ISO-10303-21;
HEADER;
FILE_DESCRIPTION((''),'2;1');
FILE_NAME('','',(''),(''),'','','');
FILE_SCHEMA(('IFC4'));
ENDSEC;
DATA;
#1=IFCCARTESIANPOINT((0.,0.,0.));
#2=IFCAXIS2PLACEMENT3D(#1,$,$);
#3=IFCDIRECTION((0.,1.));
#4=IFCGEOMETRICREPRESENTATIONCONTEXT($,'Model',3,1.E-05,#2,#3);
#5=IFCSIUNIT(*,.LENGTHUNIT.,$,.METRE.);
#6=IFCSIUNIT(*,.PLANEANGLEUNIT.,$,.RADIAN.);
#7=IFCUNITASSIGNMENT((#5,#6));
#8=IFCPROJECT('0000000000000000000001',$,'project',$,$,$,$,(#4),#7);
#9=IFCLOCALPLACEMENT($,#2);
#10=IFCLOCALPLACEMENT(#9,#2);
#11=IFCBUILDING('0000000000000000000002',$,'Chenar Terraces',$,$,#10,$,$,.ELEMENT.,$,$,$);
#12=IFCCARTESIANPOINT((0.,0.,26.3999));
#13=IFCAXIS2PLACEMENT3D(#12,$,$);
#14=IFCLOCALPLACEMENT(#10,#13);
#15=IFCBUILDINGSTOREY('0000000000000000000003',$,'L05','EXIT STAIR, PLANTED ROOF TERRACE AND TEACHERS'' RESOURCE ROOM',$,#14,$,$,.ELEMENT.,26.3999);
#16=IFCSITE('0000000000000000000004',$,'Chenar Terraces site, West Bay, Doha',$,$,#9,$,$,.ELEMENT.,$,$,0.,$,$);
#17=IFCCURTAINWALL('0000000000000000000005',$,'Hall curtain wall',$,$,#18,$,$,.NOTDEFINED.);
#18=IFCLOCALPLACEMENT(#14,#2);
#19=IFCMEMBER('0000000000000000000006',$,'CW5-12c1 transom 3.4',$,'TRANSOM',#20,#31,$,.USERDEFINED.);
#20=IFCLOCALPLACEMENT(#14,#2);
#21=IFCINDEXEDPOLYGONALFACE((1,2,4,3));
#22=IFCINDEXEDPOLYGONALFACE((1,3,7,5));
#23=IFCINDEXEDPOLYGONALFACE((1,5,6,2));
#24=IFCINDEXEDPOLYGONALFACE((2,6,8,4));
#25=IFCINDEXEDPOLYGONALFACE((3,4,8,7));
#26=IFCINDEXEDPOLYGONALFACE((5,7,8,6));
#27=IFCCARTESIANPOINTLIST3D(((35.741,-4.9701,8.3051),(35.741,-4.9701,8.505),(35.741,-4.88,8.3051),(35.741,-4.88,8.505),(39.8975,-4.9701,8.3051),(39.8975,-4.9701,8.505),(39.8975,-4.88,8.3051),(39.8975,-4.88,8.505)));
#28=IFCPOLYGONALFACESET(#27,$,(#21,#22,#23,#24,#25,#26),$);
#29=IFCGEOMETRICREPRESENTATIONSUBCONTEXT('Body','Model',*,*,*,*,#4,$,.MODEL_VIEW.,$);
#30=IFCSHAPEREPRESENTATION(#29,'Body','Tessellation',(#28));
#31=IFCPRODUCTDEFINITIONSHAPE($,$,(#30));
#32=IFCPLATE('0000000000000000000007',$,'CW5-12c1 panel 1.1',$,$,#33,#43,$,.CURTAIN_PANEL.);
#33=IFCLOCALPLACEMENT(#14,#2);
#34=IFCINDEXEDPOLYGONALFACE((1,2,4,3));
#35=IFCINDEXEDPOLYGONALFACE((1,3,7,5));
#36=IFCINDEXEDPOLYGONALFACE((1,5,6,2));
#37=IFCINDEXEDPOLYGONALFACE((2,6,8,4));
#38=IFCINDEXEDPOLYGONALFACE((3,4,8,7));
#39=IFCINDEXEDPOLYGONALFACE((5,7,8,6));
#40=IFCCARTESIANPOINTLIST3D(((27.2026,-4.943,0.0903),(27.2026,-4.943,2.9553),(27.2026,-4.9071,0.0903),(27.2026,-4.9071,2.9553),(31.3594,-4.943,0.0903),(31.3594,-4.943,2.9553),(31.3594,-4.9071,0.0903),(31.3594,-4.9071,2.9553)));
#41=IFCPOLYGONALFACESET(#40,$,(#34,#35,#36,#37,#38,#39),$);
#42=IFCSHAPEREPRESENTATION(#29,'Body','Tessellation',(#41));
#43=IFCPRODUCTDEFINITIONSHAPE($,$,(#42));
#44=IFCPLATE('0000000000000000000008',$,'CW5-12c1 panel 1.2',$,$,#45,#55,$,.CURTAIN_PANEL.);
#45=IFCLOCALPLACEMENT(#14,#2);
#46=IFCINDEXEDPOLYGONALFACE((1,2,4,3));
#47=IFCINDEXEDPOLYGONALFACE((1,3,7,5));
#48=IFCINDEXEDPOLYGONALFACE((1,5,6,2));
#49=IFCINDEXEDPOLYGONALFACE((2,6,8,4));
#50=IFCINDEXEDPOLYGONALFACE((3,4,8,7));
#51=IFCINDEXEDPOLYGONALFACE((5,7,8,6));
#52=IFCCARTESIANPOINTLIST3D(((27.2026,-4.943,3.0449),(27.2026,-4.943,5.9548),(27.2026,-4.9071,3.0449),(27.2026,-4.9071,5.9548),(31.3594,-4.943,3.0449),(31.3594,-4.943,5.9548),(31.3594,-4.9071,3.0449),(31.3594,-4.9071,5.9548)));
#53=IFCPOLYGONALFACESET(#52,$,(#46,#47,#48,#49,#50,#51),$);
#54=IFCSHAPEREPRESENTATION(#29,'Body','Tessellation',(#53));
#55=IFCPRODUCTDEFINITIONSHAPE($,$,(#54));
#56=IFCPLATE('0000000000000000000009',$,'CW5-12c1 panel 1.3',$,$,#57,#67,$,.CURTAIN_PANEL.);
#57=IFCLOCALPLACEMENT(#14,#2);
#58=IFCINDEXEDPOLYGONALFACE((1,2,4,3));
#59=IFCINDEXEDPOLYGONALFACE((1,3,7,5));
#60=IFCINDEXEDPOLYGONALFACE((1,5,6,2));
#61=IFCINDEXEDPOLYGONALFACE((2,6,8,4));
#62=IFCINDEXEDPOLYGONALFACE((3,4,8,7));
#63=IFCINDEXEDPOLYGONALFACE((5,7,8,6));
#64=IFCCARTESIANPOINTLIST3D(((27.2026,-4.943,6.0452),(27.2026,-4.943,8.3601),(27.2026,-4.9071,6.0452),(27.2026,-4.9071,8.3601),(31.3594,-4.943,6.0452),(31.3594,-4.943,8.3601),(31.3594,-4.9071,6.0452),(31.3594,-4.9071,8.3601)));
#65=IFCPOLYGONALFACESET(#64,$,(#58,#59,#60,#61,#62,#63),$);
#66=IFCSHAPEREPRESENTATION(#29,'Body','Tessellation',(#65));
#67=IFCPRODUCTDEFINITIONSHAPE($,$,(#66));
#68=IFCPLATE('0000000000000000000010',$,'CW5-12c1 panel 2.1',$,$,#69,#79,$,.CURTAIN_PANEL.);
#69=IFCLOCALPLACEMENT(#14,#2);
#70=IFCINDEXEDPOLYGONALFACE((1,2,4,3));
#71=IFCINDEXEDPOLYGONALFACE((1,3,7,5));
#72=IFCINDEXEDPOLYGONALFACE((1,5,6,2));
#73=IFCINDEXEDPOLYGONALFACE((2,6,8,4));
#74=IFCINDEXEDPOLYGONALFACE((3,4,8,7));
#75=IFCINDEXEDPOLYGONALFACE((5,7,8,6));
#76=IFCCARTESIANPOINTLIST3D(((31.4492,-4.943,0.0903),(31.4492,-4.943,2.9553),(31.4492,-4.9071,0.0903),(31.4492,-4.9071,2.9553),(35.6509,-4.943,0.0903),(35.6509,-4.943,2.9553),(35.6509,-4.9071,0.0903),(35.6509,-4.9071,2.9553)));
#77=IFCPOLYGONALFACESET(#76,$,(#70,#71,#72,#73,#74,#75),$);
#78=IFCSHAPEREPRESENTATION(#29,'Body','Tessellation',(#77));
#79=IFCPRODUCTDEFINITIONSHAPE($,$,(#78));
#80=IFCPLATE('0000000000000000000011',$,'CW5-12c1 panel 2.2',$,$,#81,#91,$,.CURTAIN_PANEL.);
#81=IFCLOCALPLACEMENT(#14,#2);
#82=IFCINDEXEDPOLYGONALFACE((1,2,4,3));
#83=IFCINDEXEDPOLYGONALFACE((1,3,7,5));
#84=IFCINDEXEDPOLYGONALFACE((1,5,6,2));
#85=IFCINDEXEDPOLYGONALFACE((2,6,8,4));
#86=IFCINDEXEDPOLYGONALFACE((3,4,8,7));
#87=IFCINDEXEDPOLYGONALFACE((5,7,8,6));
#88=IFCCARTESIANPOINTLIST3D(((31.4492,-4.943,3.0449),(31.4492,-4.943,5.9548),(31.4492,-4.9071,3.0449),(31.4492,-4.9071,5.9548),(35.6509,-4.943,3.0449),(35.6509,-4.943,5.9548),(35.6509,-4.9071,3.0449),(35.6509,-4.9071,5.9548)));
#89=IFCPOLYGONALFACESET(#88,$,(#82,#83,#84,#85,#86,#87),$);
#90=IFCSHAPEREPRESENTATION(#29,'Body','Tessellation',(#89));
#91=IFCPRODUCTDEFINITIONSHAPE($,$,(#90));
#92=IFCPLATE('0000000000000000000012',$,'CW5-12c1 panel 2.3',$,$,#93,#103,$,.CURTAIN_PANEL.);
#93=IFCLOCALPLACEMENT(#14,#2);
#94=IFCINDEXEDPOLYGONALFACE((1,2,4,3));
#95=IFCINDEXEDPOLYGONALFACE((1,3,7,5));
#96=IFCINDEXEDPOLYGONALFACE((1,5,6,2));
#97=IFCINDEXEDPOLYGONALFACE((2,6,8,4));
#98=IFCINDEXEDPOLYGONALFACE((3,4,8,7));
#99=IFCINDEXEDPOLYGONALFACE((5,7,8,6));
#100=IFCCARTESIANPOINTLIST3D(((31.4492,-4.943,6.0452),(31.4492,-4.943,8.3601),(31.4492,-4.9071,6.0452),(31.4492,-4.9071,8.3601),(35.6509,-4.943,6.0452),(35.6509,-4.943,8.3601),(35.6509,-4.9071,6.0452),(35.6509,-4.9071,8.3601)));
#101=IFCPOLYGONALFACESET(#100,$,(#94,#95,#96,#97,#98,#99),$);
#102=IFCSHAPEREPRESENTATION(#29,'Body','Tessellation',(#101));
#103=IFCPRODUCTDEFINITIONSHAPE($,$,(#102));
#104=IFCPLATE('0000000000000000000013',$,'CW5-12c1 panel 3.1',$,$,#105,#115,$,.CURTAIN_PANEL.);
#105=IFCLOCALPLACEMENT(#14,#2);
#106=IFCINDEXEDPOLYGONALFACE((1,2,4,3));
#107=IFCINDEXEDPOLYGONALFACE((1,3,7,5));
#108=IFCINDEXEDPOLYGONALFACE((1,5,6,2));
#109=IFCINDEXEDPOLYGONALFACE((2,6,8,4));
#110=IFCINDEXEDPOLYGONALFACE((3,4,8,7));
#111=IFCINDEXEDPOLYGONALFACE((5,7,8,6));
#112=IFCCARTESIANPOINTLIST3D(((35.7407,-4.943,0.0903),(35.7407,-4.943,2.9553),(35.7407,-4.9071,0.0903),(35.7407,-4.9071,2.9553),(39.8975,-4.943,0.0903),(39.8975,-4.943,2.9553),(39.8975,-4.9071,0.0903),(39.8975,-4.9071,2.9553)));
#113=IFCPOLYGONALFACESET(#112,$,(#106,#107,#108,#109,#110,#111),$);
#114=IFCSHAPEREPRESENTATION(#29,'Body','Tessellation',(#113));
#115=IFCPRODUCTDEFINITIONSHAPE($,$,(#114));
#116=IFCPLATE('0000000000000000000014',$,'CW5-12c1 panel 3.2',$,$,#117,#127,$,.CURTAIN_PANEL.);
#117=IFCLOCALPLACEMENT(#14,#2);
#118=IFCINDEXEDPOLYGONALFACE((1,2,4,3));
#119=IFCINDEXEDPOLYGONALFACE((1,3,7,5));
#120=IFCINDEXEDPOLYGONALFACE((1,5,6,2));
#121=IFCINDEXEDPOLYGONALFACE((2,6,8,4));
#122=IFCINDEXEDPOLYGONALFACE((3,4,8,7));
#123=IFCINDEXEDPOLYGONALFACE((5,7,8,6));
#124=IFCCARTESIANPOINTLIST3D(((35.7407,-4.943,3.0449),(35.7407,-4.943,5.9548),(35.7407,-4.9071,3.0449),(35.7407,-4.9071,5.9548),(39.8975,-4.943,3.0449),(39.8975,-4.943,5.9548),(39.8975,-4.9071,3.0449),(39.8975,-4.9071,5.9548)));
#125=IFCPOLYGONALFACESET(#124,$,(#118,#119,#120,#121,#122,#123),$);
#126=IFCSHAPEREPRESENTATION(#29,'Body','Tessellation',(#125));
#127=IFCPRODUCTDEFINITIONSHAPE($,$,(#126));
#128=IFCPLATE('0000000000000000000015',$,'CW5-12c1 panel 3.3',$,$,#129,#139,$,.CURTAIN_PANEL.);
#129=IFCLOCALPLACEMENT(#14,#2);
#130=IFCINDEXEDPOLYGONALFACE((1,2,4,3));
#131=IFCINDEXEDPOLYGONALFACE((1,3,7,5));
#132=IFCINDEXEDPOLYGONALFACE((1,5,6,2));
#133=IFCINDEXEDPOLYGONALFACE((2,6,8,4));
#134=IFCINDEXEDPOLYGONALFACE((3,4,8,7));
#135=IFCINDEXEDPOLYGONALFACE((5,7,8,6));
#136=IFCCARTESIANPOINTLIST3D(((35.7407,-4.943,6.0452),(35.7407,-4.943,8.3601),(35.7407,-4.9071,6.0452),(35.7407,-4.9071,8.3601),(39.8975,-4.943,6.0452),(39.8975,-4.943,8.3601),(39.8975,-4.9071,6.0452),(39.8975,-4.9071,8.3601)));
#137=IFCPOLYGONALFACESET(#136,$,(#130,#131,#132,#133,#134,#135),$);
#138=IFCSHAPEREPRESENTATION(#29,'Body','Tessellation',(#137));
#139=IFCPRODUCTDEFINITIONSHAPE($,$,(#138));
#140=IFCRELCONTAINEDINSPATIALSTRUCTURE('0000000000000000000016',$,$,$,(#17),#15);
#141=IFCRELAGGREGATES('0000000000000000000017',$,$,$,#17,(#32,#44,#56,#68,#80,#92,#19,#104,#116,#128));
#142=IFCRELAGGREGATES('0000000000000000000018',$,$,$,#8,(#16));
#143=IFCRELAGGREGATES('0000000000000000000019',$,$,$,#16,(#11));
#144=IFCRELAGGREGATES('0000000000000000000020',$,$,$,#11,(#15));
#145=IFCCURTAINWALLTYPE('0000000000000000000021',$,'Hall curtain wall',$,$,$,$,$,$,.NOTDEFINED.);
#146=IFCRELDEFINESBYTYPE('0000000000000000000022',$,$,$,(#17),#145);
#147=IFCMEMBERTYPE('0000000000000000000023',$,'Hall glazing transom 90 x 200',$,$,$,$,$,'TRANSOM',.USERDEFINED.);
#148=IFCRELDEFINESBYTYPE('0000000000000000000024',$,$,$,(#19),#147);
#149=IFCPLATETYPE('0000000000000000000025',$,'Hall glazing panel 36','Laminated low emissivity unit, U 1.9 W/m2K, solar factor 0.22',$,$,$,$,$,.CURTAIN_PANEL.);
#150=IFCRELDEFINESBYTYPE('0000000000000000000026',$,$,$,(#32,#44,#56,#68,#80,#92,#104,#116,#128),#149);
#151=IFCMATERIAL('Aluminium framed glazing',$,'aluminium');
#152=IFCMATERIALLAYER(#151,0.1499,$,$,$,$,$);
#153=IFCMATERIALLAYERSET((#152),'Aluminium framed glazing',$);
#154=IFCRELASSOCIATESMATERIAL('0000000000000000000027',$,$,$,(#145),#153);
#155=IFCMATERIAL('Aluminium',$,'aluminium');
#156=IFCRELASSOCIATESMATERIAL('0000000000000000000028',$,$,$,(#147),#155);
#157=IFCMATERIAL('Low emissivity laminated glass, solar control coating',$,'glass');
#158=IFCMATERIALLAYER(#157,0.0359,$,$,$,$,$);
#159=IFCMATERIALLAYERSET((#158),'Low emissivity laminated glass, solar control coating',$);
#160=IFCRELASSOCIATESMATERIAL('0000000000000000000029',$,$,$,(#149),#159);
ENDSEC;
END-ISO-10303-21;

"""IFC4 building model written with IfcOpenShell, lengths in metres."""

from ifc_helpers import new_model, si_unit, direction, frame, origin, origin_2d, place, context, subcontext, project, spatial, rectangle, extrude, material, layer, layer_set, material_profile, profile_set, type_object, element, aggregate, save


model = new_model("IFC4")

# Units and contexts
model_context = context("Model", 3, precision=1e-05, world=origin(), true_north=direction((0.0, 1.0)))
body_context = subcontext(model_context, "Body", "Model", "MODEL_VIEW")
ifc_project = project(units=[si_unit("LENGTHUNIT", "METRE"), si_unit("PLANEANGLEUNIT", "RADIAN")], contexts=[model_context])

# Site, building, storey
site_placement = place(None, origin())
site = spatial("IfcSite", under=ifc_project, at=site_placement, Name="Chenar Terraces site, West Bay, Doha", CompositionType="ELEMENT", RefElevation=0.0)
building_placement = place(site_placement, origin())
building = spatial("IfcBuilding", under=site, at=building_placement, Name="Chenar Terraces", CompositionType="ELEMENT")
storey_placement = place(building_placement, frame((0.0, 0.0, 26.3999)))
storey = spatial("IfcBuildingStorey", under=building, at=storey_placement, Name="L05", Description="EXIT STAIR, PLANTED ROOF TERRACE AND TEACHERS' RESOURCE ROOM", CompositionType="ELEMENT", Elevation=26.3999)

# Curtain wall, member, plates
ifc_material_1 = material(Name="Aluminium framed glazing", Category="aluminium")
ifc_layer_1 = layer(ifc_material_1, 0.1499)
ifc_layer_set_1 = layer_set([ifc_layer_1], Name="Aluminium framed glazing")
curtain_wall_type = type_object("IfcCurtainWallType", Name="Hall curtain wall", PredefinedType="NOTDEFINED", material=ifc_layer_set_1)
curtain_wall_placement = place(storey_placement, origin())
curtain_wall = element("IfcCurtainWall", 1, at=curtain_wall_placement, inside=storey, type_object=curtain_wall_type, Name="Hall curtain wall", PredefinedType="NOTDEFINED")
ifc_material_2 = material(Name="Aluminium", Category="aluminium")
ifc_material_profile_1 = material_profile(ifc_material_2, rectangle(XDim=0.0901, YDim=0.2, at=origin_2d()), Name="Hall glazing transom 90 x 200")
ifc_profile_set_1 = profile_set([ifc_material_profile_1], Name="Aluminium")
member_type_1 = type_object("IfcMemberType", Name="Hall glazing transom 90 x 200", ElementType="TRANSOM", PredefinedType="USERDEFINED", material=ifc_profile_set_1)
member_1_placement = place(storey_placement, frame((35.741, -4.925, 8.405), z_axis=(1.0, 0.0, 0.0), x_axis=(0.0, 1.0, 0.0)))
member_1 = element("IfcMember", 2, at=member_1_placement, type_object=member_type_1, Name="CW5-12c1 transom 3.4", ObjectType="TRANSOM", PredefinedType="USERDEFINED", context=body_context, shape_type="SweptSolid", body=[
    extrude(rectangle(XDim=0.0901, YDim=0.2, at=origin_2d()), origin(), (0.0, 0.0, 1.0), 4.1565),
])
ifc_material_3 = material(Name="Low emissivity laminated glass, solar control coating", Category="glass")
ifc_layer_2 = layer(ifc_material_3, 0.0359)
ifc_layer_set_2 = layer_set([ifc_layer_2], Name="Low emissivity laminated glass, solar control coating")
plate_type = type_object("IfcPlateType", Name="Hall glazing panel 36", Description="Laminated low emissivity unit, U 1.9 W/m2K, solar factor 0.22", PredefinedType="CURTAIN_PANEL", material=ifc_layer_set_2)
plate_1_placement = place(storey_placement, frame((29.281, -4.925, 0.0903), z_axis=(0.0, 0.0, 1.0), x_axis=(1.0, 0.0, 0.0)))
plate_1 = element("IfcPlate", 3, at=plate_1_placement, type_object=plate_type, Name="CW5-12c1 panel 1.1", PredefinedType="CURTAIN_PANEL", context=body_context, shape_type="SweptSolid", body=[
    extrude(rectangle(XDim=4.1567, YDim=0.0359, at=origin_2d()), origin(), (0.0, 0.0, 1.0), 2.865),
])
plate_2_placement = place(storey_placement, frame((29.281, -4.925, 3.0449), z_axis=(0.0, 0.0, 1.0), x_axis=(1.0, 0.0, 0.0)))
plate_2 = element("IfcPlate", 4, at=plate_2_placement, type_object=plate_type, Name="CW5-12c1 panel 1.2", PredefinedType="CURTAIN_PANEL", context=body_context, shape_type="SweptSolid", body=[
    extrude(rectangle(XDim=4.1567, YDim=0.0359, at=origin_2d()), origin(), (0.0, 0.0, 1.0), 2.9099),
])
plate_3_placement = place(storey_placement, frame((29.281, -4.925, 6.0452), z_axis=(0.0, 0.0, 1.0), x_axis=(1.0, 0.0, 0.0)))
plate_3 = element("IfcPlate", 5, at=plate_3_placement, type_object=plate_type, Name="CW5-12c1 panel 1.3", PredefinedType="CURTAIN_PANEL", context=body_context, shape_type="SweptSolid", body=[
    extrude(rectangle(XDim=4.1567, YDim=0.0359, at=origin_2d()), origin(), (0.0, 0.0, 1.0), 2.3149),
])
plate_4_placement = place(storey_placement, frame((33.55, -4.925, 0.0903), z_axis=(0.0, 0.0, 1.0), x_axis=(1.0, 0.0, 0.0)))
plate_4 = element("IfcPlate", 6, at=plate_4_placement, type_object=plate_type, Name="CW5-12c1 panel 2.1", PredefinedType="CURTAIN_PANEL", context=body_context, shape_type="SweptSolid", body=[
    extrude(rectangle(XDim=4.2017, YDim=0.0359, at=origin_2d()), origin(), (0.0, 0.0, 1.0), 2.865),
])
plate_5_placement = place(storey_placement, frame((33.55, -4.925, 3.0449), z_axis=(0.0, 0.0, 1.0), x_axis=(1.0, 0.0, 0.0)))
plate_5 = element("IfcPlate", 7, at=plate_5_placement, type_object=plate_type, Name="CW5-12c1 panel 2.2", PredefinedType="CURTAIN_PANEL", context=body_context, shape_type="SweptSolid", body=[
    extrude(rectangle(XDim=4.2017, YDim=0.0359, at=origin_2d()), origin(), (0.0, 0.0, 1.0), 2.9099),
])
plate_6_placement = place(storey_placement, frame((33.55, -4.925, 6.0452), z_axis=(0.0, 0.0, 1.0), x_axis=(1.0, 0.0, 0.0)))
plate_6 = element("IfcPlate", 8, at=plate_6_placement, type_object=plate_type, Name="CW5-12c1 panel 2.3", PredefinedType="CURTAIN_PANEL", context=body_context, shape_type="SweptSolid", body=[
    extrude(rectangle(XDim=4.2017, YDim=0.0359, at=origin_2d()), origin(), (0.0, 0.0, 1.0), 2.3149),
])
plate_7_placement = place(storey_placement, frame((37.8191, -4.925, 0.0903), z_axis=(0.0, 0.0, 1.0), x_axis=(1.0, 0.0, 0.0)))
plate_7 = element("IfcPlate", 9, at=plate_7_placement, type_object=plate_type, Name="CW5-12c1 panel 3.1", PredefinedType="CURTAIN_PANEL", context=body_context, shape_type="SweptSolid", body=[
    extrude(rectangle(XDim=4.1567, YDim=0.0359, at=origin_2d()), origin(), (0.0, 0.0, 1.0), 2.865),
])
plate_8_placement = place(storey_placement, frame((37.8191, -4.925, 3.0449), z_axis=(0.0, 0.0, 1.0), x_axis=(1.0, 0.0, 0.0)))
plate_8 = element("IfcPlate", 10, at=plate_8_placement, type_object=plate_type, Name="CW5-12c1 panel 3.2", PredefinedType="CURTAIN_PANEL", context=body_context, shape_type="SweptSolid", body=[
    extrude(rectangle(XDim=4.1567, YDim=0.0359, at=origin_2d()), origin(), (0.0, 0.0, 1.0), 2.9099),
])
plate_9_placement = place(storey_placement, frame((37.8191, -4.925, 6.0452), z_axis=(0.0, 0.0, 1.0), x_axis=(1.0, 0.0, 0.0)))
plate_9 = element("IfcPlate", 11, at=plate_9_placement, type_object=plate_type, Name="CW5-12c1 panel 3.3", PredefinedType="CURTAIN_PANEL", context=body_context, shape_type="SweptSolid", body=[
    extrude(rectangle(XDim=4.1567, YDim=0.0359, at=origin_2d()), origin(), (0.0, 0.0, 1.0), 2.3149),
])
aggregate(curtain_wall, [plate_1, plate_2, plate_3, plate_4, plate_5, plate_6, member_1, plate_7, plate_8, plate_9])

save(model, "model.ifc")
